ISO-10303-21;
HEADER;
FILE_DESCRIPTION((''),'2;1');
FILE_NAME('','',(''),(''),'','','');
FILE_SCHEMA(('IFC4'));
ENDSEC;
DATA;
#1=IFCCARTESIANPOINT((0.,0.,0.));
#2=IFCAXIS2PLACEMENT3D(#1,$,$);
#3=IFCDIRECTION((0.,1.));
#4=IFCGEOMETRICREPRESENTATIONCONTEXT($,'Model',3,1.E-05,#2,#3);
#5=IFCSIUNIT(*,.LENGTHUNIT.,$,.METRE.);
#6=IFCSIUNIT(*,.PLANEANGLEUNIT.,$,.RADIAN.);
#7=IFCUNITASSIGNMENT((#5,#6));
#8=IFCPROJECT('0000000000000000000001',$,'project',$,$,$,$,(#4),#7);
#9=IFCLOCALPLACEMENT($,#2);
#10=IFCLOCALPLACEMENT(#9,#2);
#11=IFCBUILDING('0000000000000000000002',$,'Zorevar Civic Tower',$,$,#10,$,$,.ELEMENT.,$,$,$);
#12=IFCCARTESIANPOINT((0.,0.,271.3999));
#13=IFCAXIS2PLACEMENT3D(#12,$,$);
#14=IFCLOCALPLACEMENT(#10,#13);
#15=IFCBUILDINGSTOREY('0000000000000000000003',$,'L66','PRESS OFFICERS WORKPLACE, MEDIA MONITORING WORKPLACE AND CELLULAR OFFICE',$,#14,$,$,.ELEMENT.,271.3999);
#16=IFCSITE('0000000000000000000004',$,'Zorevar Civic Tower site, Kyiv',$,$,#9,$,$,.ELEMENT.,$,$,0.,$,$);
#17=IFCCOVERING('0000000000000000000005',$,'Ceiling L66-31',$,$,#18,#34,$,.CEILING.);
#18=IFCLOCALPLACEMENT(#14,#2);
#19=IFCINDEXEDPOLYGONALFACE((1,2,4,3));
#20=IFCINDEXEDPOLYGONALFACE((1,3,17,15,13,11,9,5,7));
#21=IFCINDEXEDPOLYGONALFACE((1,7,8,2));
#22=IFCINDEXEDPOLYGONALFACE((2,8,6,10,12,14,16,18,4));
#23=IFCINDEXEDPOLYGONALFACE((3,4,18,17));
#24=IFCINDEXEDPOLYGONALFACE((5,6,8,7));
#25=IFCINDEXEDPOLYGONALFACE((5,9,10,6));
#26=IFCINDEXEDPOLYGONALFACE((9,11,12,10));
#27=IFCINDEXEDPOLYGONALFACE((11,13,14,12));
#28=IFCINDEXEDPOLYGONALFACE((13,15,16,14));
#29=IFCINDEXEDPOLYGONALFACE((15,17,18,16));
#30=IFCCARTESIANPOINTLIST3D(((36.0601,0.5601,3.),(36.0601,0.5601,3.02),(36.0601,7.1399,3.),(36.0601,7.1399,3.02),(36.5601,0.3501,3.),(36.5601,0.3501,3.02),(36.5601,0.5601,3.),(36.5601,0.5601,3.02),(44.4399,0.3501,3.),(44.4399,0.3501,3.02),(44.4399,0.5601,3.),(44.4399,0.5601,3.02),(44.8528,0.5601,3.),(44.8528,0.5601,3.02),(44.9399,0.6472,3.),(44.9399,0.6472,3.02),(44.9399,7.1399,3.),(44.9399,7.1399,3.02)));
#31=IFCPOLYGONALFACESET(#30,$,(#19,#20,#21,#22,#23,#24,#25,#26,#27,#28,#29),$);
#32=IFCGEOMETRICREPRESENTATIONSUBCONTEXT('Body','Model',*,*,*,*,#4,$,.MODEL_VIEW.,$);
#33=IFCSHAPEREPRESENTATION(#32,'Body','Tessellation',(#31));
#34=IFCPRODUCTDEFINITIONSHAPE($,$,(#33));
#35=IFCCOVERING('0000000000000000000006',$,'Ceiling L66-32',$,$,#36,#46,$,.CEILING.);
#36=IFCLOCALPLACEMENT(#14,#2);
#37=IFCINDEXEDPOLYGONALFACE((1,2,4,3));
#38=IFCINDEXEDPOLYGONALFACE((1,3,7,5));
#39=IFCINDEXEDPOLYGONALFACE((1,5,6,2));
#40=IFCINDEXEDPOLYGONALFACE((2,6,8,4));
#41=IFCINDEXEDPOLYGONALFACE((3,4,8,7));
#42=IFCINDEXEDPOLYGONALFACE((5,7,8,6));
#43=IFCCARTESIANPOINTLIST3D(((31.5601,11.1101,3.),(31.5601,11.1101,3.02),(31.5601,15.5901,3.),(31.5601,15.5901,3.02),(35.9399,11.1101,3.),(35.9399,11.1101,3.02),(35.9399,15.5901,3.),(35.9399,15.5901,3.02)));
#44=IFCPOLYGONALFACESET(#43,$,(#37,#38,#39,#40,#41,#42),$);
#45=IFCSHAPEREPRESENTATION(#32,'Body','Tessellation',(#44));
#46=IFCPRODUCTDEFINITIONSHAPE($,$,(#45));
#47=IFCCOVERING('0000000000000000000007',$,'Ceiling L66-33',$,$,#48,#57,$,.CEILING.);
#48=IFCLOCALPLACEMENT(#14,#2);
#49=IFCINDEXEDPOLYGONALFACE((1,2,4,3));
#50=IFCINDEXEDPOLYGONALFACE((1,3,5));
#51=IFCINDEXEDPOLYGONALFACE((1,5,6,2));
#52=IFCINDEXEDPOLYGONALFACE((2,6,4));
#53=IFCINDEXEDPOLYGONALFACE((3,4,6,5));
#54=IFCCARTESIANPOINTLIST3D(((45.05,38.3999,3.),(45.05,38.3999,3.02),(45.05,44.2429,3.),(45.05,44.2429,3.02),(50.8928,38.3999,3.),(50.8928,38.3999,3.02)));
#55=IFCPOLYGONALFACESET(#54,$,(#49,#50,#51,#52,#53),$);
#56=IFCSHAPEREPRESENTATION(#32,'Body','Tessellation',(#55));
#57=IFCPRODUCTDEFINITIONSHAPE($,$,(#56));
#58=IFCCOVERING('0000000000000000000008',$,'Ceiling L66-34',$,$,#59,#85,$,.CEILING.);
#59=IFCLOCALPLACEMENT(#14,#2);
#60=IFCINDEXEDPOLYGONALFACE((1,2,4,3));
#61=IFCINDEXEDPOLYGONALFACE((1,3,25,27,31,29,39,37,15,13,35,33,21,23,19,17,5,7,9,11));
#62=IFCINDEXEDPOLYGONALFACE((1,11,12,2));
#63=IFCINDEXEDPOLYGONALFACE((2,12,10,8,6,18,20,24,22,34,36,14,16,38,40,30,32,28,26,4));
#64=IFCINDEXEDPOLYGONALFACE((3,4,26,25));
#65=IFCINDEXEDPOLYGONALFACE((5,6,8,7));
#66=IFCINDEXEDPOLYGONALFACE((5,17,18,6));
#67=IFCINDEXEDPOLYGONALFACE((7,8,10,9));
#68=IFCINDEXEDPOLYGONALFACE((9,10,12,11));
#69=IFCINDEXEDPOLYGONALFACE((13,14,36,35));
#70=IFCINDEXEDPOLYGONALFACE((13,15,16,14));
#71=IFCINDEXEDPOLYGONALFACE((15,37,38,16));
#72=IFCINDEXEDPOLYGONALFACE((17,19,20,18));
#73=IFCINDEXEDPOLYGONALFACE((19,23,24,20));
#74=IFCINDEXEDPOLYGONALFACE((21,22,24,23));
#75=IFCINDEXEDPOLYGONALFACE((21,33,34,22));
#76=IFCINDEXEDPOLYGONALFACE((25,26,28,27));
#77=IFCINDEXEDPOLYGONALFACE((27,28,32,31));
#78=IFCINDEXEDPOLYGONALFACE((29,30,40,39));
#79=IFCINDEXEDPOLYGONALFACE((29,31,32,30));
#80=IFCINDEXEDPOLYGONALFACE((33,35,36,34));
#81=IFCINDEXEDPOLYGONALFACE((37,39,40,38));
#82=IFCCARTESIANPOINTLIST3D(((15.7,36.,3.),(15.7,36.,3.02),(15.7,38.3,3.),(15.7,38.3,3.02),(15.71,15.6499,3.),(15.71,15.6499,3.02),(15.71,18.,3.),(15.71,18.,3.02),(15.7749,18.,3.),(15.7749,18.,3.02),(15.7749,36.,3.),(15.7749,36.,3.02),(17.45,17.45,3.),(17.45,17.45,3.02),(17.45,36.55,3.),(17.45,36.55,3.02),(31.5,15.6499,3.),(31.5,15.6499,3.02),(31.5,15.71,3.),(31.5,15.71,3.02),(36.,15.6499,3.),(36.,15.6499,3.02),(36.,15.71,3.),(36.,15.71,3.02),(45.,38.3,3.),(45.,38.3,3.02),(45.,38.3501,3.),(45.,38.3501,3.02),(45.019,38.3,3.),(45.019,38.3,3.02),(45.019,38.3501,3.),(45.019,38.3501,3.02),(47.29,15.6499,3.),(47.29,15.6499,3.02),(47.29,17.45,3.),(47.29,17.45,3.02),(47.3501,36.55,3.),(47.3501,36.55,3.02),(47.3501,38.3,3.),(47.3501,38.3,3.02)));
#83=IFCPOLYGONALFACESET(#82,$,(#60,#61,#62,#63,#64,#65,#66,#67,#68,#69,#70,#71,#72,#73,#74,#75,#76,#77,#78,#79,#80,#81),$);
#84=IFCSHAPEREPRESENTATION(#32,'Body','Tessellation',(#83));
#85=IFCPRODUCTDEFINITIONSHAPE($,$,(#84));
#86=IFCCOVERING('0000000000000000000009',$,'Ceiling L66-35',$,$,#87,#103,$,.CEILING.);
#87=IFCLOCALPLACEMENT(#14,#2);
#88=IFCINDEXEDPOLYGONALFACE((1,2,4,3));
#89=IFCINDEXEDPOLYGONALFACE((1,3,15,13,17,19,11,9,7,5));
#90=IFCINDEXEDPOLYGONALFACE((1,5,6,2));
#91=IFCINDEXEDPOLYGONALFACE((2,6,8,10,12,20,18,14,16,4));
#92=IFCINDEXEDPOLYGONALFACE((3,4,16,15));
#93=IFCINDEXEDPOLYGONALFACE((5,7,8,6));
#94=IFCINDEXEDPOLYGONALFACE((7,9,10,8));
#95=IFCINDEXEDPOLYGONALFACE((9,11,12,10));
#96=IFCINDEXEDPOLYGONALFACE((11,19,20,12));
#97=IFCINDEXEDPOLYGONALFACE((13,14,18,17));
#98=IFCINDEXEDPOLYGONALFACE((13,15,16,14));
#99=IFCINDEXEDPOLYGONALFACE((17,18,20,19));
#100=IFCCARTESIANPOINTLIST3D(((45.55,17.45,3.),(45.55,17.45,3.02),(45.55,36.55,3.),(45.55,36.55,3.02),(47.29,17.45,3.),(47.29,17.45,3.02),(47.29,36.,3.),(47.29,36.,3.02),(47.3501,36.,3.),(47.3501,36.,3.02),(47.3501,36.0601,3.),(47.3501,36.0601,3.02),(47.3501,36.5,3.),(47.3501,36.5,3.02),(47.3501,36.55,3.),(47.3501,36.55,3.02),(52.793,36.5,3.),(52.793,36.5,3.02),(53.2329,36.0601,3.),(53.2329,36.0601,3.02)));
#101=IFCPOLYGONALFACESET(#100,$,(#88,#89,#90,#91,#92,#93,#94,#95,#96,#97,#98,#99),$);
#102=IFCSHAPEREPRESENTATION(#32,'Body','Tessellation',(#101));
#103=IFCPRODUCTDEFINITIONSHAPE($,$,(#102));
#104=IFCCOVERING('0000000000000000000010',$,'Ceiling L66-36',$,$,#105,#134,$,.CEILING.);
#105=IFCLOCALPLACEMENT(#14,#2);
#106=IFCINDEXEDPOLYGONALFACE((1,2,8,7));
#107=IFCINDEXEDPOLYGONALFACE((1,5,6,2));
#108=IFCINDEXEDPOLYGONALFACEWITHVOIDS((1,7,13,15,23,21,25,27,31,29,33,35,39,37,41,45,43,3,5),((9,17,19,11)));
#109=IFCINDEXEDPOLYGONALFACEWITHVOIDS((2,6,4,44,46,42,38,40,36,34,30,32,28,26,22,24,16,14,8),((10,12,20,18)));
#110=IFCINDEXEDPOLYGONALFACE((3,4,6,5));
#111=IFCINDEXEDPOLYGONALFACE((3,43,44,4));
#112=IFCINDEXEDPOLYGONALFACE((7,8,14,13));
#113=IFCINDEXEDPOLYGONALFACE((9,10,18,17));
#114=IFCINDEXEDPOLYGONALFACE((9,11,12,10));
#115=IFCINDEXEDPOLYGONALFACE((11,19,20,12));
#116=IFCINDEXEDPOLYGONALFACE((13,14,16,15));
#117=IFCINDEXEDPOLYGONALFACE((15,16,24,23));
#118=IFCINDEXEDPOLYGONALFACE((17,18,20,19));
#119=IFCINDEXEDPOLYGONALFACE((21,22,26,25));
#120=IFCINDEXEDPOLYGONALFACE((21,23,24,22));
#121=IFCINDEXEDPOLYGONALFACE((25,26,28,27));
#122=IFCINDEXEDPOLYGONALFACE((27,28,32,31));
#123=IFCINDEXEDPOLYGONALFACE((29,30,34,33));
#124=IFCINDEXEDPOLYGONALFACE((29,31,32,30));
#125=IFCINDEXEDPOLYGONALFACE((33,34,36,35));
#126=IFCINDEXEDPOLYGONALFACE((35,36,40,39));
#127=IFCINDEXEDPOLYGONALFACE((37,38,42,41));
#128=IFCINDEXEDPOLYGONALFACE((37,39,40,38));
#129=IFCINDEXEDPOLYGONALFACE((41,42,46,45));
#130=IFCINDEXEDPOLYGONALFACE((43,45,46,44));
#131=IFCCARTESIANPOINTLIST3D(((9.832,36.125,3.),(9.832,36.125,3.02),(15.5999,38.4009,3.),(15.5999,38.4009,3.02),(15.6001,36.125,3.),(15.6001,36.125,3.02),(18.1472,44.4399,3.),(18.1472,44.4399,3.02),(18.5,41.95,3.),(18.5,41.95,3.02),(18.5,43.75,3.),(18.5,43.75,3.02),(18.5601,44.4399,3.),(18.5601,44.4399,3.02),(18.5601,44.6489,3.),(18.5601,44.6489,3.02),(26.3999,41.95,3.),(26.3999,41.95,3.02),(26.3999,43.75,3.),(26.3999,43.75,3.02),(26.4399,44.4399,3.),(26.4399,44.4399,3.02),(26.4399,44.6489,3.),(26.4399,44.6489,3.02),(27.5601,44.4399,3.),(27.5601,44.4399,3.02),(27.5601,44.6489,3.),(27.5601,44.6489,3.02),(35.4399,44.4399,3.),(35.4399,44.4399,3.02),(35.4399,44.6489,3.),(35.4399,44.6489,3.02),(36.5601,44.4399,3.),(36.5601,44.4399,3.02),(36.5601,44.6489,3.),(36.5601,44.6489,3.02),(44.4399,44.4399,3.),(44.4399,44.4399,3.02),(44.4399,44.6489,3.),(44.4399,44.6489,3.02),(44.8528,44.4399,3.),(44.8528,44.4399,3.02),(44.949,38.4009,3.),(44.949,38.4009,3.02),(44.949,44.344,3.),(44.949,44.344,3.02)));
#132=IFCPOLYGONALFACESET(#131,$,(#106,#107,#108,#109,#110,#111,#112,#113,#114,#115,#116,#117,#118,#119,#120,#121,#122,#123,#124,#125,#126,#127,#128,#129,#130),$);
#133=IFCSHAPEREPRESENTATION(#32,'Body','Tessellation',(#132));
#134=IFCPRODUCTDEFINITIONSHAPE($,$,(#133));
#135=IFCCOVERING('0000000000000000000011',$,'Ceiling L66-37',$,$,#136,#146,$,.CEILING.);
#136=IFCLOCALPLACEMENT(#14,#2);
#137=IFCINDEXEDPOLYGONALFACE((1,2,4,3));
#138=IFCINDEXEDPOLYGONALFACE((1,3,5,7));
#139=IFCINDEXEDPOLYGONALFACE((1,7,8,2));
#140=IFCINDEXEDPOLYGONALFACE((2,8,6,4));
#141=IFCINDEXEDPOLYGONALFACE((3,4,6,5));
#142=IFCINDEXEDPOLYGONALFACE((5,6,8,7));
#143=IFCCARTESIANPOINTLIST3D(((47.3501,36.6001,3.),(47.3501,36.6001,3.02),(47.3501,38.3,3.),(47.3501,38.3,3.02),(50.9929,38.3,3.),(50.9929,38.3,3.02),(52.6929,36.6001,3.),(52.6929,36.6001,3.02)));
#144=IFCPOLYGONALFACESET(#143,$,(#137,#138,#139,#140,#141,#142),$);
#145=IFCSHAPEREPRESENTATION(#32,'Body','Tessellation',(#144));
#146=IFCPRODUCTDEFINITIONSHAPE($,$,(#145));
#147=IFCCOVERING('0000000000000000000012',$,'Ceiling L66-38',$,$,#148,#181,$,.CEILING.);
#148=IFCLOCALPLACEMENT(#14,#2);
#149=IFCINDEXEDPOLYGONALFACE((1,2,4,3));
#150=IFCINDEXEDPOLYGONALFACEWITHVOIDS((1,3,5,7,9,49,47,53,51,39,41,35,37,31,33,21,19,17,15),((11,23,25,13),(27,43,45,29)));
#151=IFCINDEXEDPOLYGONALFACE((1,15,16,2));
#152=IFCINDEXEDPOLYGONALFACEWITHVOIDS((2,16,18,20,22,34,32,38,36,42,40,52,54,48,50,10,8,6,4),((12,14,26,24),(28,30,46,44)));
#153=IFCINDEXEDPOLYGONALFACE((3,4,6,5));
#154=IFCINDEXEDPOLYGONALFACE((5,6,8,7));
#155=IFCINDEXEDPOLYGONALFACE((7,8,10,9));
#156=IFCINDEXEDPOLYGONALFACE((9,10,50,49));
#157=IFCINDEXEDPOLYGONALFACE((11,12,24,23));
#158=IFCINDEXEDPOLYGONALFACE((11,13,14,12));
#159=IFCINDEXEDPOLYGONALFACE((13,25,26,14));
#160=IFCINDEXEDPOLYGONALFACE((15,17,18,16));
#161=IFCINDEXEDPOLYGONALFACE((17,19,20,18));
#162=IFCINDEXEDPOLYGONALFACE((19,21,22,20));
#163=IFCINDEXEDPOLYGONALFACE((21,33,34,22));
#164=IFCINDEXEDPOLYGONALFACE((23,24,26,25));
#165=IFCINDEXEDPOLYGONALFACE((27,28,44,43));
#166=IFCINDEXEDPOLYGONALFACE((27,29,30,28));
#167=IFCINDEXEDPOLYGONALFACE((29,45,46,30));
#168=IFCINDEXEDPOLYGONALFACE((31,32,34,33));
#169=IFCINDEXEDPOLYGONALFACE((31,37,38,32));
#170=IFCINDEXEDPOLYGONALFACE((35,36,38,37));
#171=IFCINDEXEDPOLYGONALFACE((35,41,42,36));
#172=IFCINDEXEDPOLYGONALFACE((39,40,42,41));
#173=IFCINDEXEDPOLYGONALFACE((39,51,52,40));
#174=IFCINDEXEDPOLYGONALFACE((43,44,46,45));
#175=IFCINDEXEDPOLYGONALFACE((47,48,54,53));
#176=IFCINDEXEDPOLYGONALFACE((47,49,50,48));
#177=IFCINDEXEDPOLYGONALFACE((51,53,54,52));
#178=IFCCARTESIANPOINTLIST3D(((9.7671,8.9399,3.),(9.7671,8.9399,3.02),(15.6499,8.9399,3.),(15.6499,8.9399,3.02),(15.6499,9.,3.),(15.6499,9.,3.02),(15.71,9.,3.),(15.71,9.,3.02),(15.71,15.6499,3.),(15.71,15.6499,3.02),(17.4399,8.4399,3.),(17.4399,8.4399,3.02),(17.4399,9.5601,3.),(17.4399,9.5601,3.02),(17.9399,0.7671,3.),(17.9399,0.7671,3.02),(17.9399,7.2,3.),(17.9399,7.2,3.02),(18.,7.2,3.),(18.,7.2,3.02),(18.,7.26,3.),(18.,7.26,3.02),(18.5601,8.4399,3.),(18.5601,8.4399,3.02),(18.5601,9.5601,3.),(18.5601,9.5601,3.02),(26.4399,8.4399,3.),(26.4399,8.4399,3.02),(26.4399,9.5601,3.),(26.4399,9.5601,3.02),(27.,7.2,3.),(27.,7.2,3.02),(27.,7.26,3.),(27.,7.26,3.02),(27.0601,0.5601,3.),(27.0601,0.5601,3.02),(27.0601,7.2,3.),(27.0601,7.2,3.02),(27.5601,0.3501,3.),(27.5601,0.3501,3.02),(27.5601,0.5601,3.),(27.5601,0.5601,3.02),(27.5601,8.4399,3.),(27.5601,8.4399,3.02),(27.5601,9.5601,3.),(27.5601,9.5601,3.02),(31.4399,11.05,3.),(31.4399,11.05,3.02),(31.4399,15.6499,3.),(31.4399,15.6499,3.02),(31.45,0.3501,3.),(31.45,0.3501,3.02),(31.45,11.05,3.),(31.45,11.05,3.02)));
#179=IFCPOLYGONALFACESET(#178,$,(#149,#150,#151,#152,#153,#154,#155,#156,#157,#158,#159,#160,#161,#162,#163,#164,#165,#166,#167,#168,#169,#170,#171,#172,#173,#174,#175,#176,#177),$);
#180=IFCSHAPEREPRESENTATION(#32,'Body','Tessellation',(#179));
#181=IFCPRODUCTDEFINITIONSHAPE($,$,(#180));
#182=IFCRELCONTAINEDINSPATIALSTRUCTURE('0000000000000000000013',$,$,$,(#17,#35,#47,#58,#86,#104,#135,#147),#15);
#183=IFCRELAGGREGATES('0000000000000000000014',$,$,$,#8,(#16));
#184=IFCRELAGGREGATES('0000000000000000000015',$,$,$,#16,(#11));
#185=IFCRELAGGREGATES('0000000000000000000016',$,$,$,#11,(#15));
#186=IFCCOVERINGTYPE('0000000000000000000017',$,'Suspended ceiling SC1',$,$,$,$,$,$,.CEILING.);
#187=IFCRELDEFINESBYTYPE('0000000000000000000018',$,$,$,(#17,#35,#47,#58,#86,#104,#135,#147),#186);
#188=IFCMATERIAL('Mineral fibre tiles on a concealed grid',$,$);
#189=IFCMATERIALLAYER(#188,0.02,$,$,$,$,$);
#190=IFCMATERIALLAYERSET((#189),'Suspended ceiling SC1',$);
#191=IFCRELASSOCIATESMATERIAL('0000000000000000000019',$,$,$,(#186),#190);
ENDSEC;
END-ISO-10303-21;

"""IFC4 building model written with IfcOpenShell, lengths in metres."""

from ifc_helpers import new_model, si_unit, direction, frame, origin, place, context, subcontext, project, spatial, polyline, outline, extrude, material, layer, layer_set, type_object, element, save


model = new_model("IFC4")

# Units and contexts
model_context = context("Model", 3, precision=1e-05, world=origin(), true_north=direction((0.0, 1.0)))
body_context = subcontext(model_context, "Body", "Model", "MODEL_VIEW")
ifc_project = project(units=[si_unit("LENGTHUNIT", "METRE"), si_unit("PLANEANGLEUNIT", "RADIAN")], contexts=[model_context])

# Site, building, storey
site_placement = place(None, origin())
site = spatial("IfcSite", under=ifc_project, at=site_placement, Name="Zorevar Civic Tower site, Kyiv", CompositionType="ELEMENT", RefElevation=0.0)
building_placement = place(site_placement, origin())
building = spatial("IfcBuilding", under=site, at=building_placement, Name="Zorevar Civic Tower", CompositionType="ELEMENT")
storey_placement = place(building_placement, frame((0.0, 0.0, 271.3999)))
storey = spatial("IfcBuildingStorey", under=building, at=storey_placement, Name="L66", Description="PRESS OFFICERS WORKPLACE, MEDIA MONITORING WORKPLACE AND CELLULAR OFFICE", CompositionType="ELEMENT", Elevation=271.3999)

# Coverings
ifc_material_1 = material(Name="Mineral fibre tiles on a concealed grid")
ifc_layer_1 = layer(ifc_material_1, 0.02)
ifc_layer_set_1 = layer_set([ifc_layer_1], Name="Suspended ceiling SC1")
covering_type_1 = type_object("IfcCoveringType", Name="Suspended ceiling SC1", PredefinedType="CEILING", material=ifc_layer_set_1)
covering_1_placement = place(storey_placement, frame((0.0, 0.0, 3.0)))
element("IfcCovering", 1, at=covering_1_placement, inside=storey, type_object=covering_type_1, Name="Ceiling L66-31", PredefinedType="CEILING", context=body_context, shape_type="SweptSolid", body=[
    extrude(outline(polyline([(36.5601, 0.5601), (36.0601, 0.5601), (36.0601, 7.1399), (44.9399, 7.1399), (44.9399, 0.6472), (44.8528, 0.5601), (44.4399, 0.5601), (44.4399, 0.3501), (36.5601, 0.3501), (36.5601, 0.5601)])), origin(), (0.0, 0.0, 1.0), 0.02),
])
covering_2_placement = place(storey_placement, frame((0.0, 0.0, 3.0)))
element("IfcCovering", 2, at=covering_2_placement, inside=storey, type_object=covering_type_1, Name="Ceiling L66-32", PredefinedType="CEILING", context=body_context, shape_type="SweptSolid", body=[
    extrude(outline(polyline([(31.5601, 11.1101), (31.5601, 15.5901), (35.9399, 15.5901), (35.9399, 11.1101), (31.5601, 11.1101)])), origin(), (0.0, 0.0, 1.0), 0.02),
])
covering_3_placement = place(storey_placement, frame((0.0, 0.0, 3.0)))
element("IfcCovering", 3, at=covering_3_placement, inside=storey, type_object=covering_type_1, Name="Ceiling L66-33", PredefinedType="CEILING", context=body_context, shape_type="SweptSolid", body=[
    extrude(outline(polyline([(45.05, 38.3999), (45.05, 44.2429), (50.8928, 38.3999), (45.05, 38.3999)])), origin(), (0.0, 0.0, 1.0), 0.02),
])
covering_4_placement = place(storey_placement, frame((0.0, 0.0, 3.0)))
element("IfcCovering", 4, at=covering_4_placement, inside=storey, type_object=covering_type_1, Name="Ceiling L66-34", PredefinedType="CEILING", context=body_context, shape_type="SweptSolid", body=[
    extrude(outline(polyline([(47.29, 15.6499), (36.0, 15.6499), (36.0, 15.71), (31.5, 15.71), (31.5, 15.6499), (15.71, 15.6499), (15.71, 18.0), (15.7749, 18.0), (15.7749, 36.0), (15.7, 36.0), (15.7, 38.3), (45.0, 38.3), (45.0, 38.3501), (45.019, 38.3501), (45.019, 38.3), (47.3501, 38.3), (47.3501, 36.55), (17.45, 36.55), (17.45, 17.45), (47.29, 17.45), (47.29, 15.6499)])), origin(), (0.0, 0.0, 1.0), 0.02),
])
covering_5_placement = place(storey_placement, frame((0.0, 0.0, 3.0)))
element("IfcCovering", 5, at=covering_5_placement, inside=storey, type_object=covering_type_1, Name="Ceiling L66-35", PredefinedType="CEILING", context=body_context, shape_type="SweptSolid", body=[
    extrude(outline(polyline([(47.3501, 36.0), (47.29, 36.0), (47.29, 17.45), (45.55, 17.45), (45.55, 36.55), (47.3501, 36.55), (47.3501, 36.5), (52.793, 36.5), (53.2329, 36.0601), (47.3501, 36.0601), (47.3501, 36.0)])), origin(), (0.0, 0.0, 1.0), 0.02),
])
covering_6_placement = place(storey_placement, frame((0.0, 0.0, 3.0)))
element("IfcCovering", 6, at=covering_6_placement, inside=storey, type_object=covering_type_1, Name="Ceiling L66-36", PredefinedType="CEILING", context=body_context, shape_type="SweptSolid", body=[
    extrude(outline(polyline([(18.5601, 44.4399), (18.5601, 44.6489), (26.4399, 44.6489), (26.4399, 44.4399), (27.5601, 44.4399), (27.5601, 44.6489), (35.4399, 44.6489), (35.4399, 44.4399), (36.5601, 44.4399), (36.5601, 44.6489), (44.4399, 44.6489), (44.4399, 44.4399), (44.8528, 44.4399), (44.949, 44.344), (44.949, 38.4009), (15.5999, 38.4009), (15.6001, 36.125), (9.832, 36.125), (18.1472, 44.4399), (18.5601, 44.4399)]), holes=[polyline([(18.5, 41.95), (26.3999, 41.95), (26.3999, 43.75), (18.5, 43.75), (18.5, 41.95)])]), origin(), (0.0, 0.0, 1.0), 0.02),
])
covering_7_placement = place(storey_placement, frame((0.0, 0.0, 3.0)))
element("IfcCovering", 7, at=covering_7_placement, inside=storey, type_object=covering_type_1, Name="Ceiling L66-37", PredefinedType="CEILING", context=body_context, shape_type="SweptSolid", body=[
    extrude(outline(polyline([(47.3501, 36.6001), (47.3501, 38.3), (50.9929, 38.3), (52.6929, 36.6001), (47.3501, 36.6001)])), origin(), (0.0, 0.0, 1.0), 0.02),
])
covering_8_placement = place(storey_placement, frame((0.0, 0.0, 3.0)))
element("IfcCovering", 8, at=covering_8_placement, inside=storey, type_object=covering_type_1, Name="Ceiling L66-38", PredefinedType="CEILING", context=body_context, shape_type="SweptSolid", body=[
    extrude(outline(polyline([(15.6499, 8.9399), (15.6499, 9.0), (15.71, 9.0), (15.71, 15.6499), (31.4399, 15.6499), (31.4399, 11.05), (31.45, 11.05), (31.45, 0.3501), (27.5601, 0.3501), (27.5601, 0.5601), (27.0601, 0.5601), (27.0601, 7.2), (27.0, 7.2), (27.0, 7.26), (18.0, 7.26), (18.0, 7.2), (17.9399, 7.2), (17.9399, 0.7671), (9.7671, 8.9399), (15.6499, 8.9399)]), holes=[polyline([(18.5601, 8.4399), (18.5601, 9.5601), (17.4399, 9.5601), (17.4399, 8.4399), (18.5601, 8.4399)]), polyline([(26.4399, 9.5601), (26.4399, 8.4399), (27.5601, 8.4399), (27.5601, 9.5601), (26.4399, 9.5601)])]), origin(), (0.0, 0.0, 1.0), 0.02),
])

save(model, "model.ifc")
